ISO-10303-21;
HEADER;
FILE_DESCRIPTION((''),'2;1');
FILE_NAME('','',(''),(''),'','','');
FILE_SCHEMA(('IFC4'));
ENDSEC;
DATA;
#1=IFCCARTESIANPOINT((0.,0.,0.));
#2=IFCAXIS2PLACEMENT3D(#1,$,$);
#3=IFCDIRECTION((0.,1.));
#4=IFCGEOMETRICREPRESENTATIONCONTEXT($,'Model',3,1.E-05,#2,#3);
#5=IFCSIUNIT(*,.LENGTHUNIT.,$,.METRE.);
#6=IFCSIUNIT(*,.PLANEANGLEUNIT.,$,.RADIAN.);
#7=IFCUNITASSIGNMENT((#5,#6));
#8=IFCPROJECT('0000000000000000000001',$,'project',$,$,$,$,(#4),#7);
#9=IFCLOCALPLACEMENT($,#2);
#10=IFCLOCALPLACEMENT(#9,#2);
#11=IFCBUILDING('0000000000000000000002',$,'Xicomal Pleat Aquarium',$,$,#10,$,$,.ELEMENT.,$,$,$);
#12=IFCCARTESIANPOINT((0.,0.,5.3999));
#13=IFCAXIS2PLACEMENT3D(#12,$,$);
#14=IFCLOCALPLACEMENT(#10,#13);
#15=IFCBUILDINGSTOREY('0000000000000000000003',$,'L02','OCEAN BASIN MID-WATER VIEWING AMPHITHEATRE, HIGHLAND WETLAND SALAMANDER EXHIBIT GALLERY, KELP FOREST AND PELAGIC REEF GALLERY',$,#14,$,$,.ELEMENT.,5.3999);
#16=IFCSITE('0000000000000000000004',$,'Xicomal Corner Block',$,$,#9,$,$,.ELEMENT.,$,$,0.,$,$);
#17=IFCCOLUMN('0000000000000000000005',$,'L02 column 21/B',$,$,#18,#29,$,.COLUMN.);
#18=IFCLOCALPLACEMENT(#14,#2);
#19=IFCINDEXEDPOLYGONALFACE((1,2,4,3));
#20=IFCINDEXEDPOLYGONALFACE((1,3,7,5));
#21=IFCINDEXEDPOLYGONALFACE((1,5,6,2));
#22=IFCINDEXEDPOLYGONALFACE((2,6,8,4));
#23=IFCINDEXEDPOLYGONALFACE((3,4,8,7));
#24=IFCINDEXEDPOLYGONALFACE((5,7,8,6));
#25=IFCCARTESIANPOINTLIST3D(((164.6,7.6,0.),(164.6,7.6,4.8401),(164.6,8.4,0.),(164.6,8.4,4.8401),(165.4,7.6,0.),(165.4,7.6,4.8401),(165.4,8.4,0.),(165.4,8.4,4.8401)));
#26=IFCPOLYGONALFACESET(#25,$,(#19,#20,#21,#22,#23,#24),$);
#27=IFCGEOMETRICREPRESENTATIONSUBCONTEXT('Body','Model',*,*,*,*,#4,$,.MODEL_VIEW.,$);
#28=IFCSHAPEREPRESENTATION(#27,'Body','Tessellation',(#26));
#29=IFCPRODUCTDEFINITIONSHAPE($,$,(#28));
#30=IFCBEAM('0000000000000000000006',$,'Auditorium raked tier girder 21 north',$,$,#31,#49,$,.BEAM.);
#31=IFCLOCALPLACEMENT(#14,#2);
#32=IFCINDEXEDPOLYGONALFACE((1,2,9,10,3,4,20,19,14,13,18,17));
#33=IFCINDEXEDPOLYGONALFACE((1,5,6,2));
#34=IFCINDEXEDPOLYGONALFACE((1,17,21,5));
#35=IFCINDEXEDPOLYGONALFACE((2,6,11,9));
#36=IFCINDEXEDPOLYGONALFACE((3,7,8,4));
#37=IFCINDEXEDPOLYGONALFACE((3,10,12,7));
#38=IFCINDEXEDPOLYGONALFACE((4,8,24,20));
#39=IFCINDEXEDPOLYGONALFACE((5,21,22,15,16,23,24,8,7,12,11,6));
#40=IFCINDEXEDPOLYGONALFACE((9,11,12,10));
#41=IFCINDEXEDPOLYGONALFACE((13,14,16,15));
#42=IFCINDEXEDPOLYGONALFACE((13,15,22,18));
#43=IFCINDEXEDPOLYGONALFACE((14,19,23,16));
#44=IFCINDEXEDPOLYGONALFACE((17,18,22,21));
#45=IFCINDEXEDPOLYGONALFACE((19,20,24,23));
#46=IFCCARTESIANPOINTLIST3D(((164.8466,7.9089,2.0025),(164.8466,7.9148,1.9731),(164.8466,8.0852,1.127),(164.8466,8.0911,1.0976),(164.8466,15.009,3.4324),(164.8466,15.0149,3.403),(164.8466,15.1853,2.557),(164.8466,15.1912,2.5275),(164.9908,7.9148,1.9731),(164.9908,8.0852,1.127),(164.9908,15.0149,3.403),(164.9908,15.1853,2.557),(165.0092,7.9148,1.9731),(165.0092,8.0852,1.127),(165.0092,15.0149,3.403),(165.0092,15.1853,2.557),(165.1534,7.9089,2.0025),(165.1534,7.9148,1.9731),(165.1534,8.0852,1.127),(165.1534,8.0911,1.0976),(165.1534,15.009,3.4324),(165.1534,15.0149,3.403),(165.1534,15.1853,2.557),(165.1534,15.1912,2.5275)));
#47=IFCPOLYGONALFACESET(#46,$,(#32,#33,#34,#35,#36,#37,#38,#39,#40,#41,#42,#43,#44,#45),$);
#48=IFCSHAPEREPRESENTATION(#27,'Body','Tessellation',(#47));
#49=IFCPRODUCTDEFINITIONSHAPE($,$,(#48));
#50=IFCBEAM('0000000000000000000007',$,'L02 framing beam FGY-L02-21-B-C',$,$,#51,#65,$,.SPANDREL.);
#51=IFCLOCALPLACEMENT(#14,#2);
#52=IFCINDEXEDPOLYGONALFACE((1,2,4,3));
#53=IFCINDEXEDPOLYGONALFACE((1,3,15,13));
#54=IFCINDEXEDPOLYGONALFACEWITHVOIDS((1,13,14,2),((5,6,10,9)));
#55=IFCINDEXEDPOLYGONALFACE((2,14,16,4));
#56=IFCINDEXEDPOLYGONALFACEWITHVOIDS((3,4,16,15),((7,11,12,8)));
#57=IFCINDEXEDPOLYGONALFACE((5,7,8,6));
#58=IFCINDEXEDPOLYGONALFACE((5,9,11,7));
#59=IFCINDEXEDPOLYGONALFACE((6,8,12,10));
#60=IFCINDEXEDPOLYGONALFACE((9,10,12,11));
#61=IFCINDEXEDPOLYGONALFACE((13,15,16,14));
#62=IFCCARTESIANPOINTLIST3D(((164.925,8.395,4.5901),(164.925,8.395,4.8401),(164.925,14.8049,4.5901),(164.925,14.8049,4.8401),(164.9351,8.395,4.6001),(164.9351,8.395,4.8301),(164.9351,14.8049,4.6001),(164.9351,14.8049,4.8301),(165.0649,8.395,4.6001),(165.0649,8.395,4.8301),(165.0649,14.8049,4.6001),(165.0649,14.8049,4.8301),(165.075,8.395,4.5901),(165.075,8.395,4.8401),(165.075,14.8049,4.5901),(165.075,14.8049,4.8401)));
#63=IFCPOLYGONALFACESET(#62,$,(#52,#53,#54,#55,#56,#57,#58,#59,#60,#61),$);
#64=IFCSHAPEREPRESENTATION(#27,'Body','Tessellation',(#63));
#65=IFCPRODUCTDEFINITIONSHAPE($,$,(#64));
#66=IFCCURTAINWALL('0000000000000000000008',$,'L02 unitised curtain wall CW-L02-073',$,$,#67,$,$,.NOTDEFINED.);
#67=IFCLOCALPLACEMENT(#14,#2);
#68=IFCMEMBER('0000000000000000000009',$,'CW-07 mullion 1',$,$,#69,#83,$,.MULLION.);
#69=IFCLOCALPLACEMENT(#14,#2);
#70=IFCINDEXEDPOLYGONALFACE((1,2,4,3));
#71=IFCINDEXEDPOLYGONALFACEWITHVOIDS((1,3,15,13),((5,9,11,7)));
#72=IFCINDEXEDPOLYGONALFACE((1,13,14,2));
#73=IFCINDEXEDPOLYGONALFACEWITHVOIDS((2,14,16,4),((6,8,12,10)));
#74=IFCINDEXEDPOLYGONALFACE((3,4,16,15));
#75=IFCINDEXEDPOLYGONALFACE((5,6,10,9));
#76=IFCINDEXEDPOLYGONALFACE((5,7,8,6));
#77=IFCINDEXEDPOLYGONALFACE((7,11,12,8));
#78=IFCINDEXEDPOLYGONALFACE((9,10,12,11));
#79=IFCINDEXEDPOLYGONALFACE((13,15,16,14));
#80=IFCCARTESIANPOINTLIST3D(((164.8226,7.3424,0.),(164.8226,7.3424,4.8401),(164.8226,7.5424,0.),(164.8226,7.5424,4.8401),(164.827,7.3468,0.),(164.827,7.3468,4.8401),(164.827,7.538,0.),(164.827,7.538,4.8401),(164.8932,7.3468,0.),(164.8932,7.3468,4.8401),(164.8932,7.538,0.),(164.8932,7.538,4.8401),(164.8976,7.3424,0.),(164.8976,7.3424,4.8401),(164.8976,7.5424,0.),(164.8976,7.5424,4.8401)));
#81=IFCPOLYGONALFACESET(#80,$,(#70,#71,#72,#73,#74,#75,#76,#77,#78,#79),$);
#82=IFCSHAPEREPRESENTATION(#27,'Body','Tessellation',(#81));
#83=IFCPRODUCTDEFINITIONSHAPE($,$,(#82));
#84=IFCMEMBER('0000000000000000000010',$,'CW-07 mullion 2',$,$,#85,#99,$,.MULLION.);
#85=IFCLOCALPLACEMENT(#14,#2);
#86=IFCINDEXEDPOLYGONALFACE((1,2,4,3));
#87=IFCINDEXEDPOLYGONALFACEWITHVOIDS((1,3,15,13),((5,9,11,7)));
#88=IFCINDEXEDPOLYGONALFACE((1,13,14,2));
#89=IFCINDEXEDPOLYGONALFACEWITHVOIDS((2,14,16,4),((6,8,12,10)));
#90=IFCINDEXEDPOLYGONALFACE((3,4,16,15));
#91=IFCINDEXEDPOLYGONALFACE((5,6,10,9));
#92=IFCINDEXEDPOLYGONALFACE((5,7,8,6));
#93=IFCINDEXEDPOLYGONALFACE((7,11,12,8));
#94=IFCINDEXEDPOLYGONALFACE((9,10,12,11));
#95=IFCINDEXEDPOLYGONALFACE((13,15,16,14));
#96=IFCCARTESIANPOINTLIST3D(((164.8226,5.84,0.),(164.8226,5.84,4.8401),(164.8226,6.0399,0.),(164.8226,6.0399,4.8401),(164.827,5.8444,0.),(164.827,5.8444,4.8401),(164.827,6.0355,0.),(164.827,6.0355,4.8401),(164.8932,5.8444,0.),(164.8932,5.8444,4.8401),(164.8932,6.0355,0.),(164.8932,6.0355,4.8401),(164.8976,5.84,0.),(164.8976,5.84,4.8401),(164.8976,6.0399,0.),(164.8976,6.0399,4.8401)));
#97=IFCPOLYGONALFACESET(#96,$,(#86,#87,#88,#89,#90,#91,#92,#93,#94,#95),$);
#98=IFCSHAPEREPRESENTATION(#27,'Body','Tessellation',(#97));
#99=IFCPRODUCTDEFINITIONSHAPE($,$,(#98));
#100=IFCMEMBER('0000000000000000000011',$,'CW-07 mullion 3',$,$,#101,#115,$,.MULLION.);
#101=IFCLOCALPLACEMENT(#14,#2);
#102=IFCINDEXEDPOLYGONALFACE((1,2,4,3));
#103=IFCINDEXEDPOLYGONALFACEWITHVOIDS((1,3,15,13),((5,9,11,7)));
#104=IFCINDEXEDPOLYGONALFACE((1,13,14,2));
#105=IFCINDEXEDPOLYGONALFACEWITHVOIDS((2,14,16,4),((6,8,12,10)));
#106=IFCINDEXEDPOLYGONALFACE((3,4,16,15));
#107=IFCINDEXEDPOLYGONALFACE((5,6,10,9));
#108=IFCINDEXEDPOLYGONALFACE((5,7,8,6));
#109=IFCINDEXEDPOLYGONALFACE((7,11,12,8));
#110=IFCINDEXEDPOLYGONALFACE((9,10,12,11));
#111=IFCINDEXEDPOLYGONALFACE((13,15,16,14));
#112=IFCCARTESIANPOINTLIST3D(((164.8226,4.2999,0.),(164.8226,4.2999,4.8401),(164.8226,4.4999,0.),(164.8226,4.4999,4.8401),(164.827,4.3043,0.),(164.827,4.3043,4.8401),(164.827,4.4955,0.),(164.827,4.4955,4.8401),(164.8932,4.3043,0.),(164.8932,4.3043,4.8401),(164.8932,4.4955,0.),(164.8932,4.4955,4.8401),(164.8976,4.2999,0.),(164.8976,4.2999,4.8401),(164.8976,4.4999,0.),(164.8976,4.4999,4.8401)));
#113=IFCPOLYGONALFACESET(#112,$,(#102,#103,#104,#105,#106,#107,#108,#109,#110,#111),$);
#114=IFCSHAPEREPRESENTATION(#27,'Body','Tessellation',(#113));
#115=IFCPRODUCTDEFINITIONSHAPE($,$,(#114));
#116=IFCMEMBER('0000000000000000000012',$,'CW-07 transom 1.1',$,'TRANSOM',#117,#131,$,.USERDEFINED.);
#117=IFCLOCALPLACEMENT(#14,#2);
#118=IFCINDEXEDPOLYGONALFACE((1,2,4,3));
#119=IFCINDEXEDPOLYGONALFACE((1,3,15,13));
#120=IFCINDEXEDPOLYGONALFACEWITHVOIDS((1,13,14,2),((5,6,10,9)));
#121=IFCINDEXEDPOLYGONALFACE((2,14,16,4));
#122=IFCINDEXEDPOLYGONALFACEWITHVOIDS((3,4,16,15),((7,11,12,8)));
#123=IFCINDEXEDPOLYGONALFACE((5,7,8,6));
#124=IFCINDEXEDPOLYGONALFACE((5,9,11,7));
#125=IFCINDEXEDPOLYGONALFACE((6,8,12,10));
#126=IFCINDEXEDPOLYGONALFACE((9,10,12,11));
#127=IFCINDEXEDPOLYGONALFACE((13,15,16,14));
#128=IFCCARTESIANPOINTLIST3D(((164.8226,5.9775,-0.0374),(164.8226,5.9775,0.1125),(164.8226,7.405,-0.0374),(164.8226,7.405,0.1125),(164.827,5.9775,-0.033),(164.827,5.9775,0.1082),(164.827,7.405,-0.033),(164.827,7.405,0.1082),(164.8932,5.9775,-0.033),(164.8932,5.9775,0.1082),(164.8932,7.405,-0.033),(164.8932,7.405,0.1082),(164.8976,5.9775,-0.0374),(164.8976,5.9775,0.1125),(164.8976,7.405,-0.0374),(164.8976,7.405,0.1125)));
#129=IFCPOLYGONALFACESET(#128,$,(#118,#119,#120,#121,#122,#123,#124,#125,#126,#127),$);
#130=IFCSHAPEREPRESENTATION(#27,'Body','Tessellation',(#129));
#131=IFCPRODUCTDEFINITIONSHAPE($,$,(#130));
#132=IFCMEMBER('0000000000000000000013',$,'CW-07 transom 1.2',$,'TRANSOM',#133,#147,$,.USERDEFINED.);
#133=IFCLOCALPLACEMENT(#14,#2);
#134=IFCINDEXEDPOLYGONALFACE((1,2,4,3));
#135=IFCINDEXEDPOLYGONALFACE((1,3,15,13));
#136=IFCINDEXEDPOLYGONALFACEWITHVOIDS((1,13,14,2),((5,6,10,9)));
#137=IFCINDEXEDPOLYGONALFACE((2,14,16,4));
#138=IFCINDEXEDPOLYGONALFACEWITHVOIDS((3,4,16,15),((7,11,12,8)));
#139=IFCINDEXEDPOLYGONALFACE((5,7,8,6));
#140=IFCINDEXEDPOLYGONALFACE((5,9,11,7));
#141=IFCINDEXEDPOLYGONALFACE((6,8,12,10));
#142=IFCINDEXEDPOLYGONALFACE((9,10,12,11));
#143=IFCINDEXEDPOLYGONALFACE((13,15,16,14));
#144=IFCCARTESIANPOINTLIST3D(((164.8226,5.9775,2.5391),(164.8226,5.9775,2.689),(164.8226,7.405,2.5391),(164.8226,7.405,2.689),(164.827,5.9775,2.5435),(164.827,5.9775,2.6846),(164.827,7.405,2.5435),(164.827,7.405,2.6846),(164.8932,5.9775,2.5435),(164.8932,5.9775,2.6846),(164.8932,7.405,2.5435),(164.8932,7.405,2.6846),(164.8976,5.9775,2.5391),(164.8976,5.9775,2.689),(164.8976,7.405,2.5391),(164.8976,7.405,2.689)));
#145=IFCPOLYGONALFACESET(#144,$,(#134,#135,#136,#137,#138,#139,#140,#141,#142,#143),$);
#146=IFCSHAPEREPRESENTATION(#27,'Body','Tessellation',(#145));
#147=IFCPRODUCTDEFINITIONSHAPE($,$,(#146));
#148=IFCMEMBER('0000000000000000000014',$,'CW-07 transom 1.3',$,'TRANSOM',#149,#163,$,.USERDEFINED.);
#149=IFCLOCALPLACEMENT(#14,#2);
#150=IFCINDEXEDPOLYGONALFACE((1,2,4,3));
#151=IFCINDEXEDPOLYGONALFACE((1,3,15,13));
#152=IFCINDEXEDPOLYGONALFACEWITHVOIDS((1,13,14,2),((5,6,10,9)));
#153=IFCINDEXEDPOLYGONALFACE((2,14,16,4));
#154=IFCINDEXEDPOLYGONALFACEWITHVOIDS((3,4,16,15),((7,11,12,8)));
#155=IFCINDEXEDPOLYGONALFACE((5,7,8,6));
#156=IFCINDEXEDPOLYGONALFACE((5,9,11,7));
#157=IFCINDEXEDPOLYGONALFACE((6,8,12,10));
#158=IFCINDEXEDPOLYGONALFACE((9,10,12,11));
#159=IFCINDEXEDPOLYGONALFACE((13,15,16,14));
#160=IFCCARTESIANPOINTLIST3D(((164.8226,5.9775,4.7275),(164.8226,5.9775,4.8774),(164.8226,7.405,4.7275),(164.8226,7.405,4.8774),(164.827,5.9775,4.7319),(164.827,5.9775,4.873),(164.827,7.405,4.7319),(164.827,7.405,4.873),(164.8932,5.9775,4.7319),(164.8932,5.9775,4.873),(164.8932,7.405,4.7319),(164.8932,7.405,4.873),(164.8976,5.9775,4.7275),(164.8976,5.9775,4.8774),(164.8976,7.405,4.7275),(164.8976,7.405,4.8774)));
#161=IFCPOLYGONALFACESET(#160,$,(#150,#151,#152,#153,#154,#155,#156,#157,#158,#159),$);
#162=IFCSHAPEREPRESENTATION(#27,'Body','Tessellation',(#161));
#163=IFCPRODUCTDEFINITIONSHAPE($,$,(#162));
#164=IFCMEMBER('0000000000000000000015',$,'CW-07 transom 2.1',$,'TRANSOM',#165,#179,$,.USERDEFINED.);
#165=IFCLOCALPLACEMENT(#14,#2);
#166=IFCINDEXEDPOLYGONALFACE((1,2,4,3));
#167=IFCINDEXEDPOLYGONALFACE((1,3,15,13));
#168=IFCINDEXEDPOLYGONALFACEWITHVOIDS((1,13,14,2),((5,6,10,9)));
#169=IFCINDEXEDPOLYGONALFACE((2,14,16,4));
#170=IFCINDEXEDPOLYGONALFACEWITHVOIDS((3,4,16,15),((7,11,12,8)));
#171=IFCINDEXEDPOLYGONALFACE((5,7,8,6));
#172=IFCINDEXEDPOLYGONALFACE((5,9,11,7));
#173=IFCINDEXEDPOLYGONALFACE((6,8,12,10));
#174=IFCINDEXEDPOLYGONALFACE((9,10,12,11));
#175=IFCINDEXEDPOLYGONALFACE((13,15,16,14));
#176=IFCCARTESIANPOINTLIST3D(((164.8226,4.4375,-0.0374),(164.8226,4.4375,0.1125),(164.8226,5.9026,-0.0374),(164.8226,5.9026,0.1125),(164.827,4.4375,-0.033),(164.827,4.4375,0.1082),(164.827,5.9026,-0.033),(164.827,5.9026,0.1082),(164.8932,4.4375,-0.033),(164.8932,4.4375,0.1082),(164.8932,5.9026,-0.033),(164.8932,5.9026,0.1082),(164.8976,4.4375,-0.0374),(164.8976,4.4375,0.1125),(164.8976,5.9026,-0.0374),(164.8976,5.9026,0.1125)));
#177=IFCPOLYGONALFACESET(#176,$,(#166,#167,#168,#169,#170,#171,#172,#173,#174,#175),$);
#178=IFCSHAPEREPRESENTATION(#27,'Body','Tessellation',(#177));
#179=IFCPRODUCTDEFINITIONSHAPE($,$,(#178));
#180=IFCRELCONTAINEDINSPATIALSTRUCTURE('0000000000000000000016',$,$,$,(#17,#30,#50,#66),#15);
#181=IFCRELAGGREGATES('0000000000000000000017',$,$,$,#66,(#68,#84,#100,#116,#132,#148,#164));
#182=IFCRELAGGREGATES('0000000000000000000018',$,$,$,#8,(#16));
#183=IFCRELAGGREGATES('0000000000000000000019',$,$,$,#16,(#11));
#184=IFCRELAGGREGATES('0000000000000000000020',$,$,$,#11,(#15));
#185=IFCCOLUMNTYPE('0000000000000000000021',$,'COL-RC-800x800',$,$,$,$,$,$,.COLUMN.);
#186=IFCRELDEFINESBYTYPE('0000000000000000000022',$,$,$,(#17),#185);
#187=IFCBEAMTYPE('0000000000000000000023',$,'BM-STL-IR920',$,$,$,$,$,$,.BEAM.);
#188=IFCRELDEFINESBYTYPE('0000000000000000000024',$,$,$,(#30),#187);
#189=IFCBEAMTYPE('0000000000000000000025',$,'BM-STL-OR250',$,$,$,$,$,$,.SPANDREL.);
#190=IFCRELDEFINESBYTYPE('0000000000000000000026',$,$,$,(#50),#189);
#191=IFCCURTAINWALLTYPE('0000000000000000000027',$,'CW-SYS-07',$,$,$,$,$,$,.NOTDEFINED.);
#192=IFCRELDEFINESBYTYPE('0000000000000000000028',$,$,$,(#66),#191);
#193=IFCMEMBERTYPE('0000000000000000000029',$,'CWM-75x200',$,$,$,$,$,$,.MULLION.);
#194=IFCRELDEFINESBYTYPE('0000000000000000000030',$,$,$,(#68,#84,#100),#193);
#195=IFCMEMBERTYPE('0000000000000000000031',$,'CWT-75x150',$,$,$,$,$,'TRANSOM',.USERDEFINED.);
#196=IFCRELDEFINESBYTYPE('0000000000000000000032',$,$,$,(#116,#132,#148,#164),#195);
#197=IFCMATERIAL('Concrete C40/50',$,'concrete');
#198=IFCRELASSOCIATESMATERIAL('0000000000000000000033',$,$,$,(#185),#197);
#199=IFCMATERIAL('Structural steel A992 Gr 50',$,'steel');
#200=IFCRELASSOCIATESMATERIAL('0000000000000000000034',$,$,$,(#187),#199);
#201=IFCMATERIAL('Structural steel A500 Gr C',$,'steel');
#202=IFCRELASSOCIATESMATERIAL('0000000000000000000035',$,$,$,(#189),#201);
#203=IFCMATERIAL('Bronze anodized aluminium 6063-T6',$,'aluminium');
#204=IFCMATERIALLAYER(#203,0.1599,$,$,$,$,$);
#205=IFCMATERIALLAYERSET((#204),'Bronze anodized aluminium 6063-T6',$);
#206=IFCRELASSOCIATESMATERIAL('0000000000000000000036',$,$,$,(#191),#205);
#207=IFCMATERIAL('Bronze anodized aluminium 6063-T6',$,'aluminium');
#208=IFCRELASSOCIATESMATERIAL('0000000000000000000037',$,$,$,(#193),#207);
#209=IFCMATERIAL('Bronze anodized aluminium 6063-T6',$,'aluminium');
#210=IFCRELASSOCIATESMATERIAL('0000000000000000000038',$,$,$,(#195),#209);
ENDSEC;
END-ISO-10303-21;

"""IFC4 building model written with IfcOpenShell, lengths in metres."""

from ifc_helpers import new_model, si_unit, direction, frame, origin, origin_2d, place, context, subcontext, project, spatial, rectangle, hollow_rectangle, i_section, extrude, material, layer, layer_set, material_profile, profile_set, type_object, element, aggregate, save


model = new_model("IFC4")

# Units and contexts
model_context = context("Model", 3, precision=1e-05, world=origin(), true_north=direction((0.0, 1.0)))
body_context = subcontext(model_context, "Body", "Model", "MODEL_VIEW")
ifc_project = project(units=[si_unit("LENGTHUNIT", "METRE"), si_unit("PLANEANGLEUNIT", "RADIAN")], contexts=[model_context])

# Site, building, storey
site_placement = place(None, origin())
site = spatial("IfcSite", under=ifc_project, at=site_placement, Name="Xicomal Corner Block", CompositionType="ELEMENT", RefElevation=0.0)
building_placement = place(site_placement, origin())
building = spatial("IfcBuilding", under=site, at=building_placement, Name="Xicomal Pleat Aquarium", CompositionType="ELEMENT")
storey_placement = place(building_placement, frame((0.0, 0.0, 5.3999)))
storey = spatial("IfcBuildingStorey", under=building, at=storey_placement, Name="L02", Description="OCEAN BASIN MID-WATER VIEWING AMPHITHEATRE, HIGHLAND WETLAND SALAMANDER EXHIBIT GALLERY, KELP FOREST AND PELAGIC REEF GALLERY", CompositionType="ELEMENT", Elevation=5.3999)

# Column
ifc_material_1 = material(Name="Concrete C40/50", Category="concrete")
ifc_material_profile_1 = material_profile(ifc_material_1, rectangle(XDim=0.8, YDim=0.8, at=origin_2d()), Name="RC 800x800")
ifc_profile_set_1 = profile_set([ifc_material_profile_1], Name="Concrete C40/50")
column_type = type_object("IfcColumnType", Name="COL-RC-800x800", PredefinedType="COLUMN", material=ifc_profile_set_1)
column_placement = place(storey_placement, frame((165.0, 8.0, 0.0), z_axis=(0.0, 0.0, 1.0), x_axis=(1.0, 0.0, 0.0)))
element("IfcColumn", 1, at=column_placement, inside=storey, type_object=column_type, Name="L02 column 21/B", PredefinedType="COLUMN", context=body_context, shape_type="SweptSolid", body=[
    extrude(rectangle(XDim=0.8, YDim=0.8, at=origin_2d()), origin(), (0.0, 0.0, 1.0), 4.8401),
])

# Beams
ifc_material_2 = material(Name="Structural steel A992 Gr 50", Category="steel")
ifc_material_profile_2 = material_profile(ifc_material_2, i_section(OverallWidth=0.3069, OverallDepth=0.9231, WebThickness=0.0183, FlangeThickness=0.03, at=origin_2d()), Name="IR 920x271")
ifc_profile_set_2 = profile_set([ifc_material_profile_2], Name="Structural steel A992 Gr 50")
beam_type_1 = type_object("IfcBeamType", Name="BM-STL-IR920", PredefinedType="BEAM", material=ifc_profile_set_2)
beam_1_placement = place(storey_placement, frame((165.0, 8.0, 1.55), z_axis=(0.0, 0.980317, 0.197432), x_axis=(-1.0, 0.0, 0.0)))
element("IfcBeam", 2, at=beam_1_placement, inside=storey, type_object=beam_type_1, Name="Auditorium raked tier girder 21 north", PredefinedType="BEAM", context=body_context, shape_type="SweptSolid", body=[
    extrude(i_section(OverallWidth=0.3069, OverallDepth=0.9231, WebThickness=0.0183, FlangeThickness=0.03, at=origin_2d()), origin(), (0.0, 0.0, 1.0), 7.2427),
])
ifc_material_3 = material(Name="Structural steel A500 Gr C", Category="steel")
ifc_material_profile_3 = material_profile(ifc_material_3, hollow_rectangle(XDim=0.1499, YDim=0.25, WallThickness=0.01, at=origin_2d()), Name="OR 250x150x10")
ifc_profile_set_3 = profile_set([ifc_material_profile_3], Name="Structural steel A500 Gr C")
beam_type_2 = type_object("IfcBeamType", Name="BM-STL-OR250", PredefinedType="SPANDREL", material=ifc_profile_set_3)
beam_2_placement = place(storey_placement, frame((165.0, 8.395, 4.7151), z_axis=(0.0, 1.0, 0.0), x_axis=(-1.0, 0.0, 0.0)))
element("IfcBeam", 3, at=beam_2_placement, inside=storey, type_object=beam_type_2, Name="L02 framing beam FGY-L02-21-B-C", PredefinedType="SPANDREL", context=body_context, shape_type="SweptSolid", body=[
    extrude(hollow_rectangle(XDim=0.1499, YDim=0.25, WallThickness=0.01, at=origin_2d()), origin(), (0.0, 0.0, 1.0), 6.4099),
])

# Curtain wall, members
ifc_material_4 = material(Name="Bronze anodized aluminium 6063-T6", Category="aluminium")
ifc_layer_1 = layer(ifc_material_4, 0.1599)
ifc_layer_set_1 = layer_set([ifc_layer_1], Name="Bronze anodized aluminium 6063-T6")
curtain_wall_type = type_object("IfcCurtainWallType", Name="CW-SYS-07", PredefinedType="NOTDEFINED", material=ifc_layer_set_1)
curtain_wall_placement = place(storey_placement, origin())
curtain_wall = element("IfcCurtainWall", 4, at=curtain_wall_placement, inside=storey, type_object=curtain_wall_type, Name="L02 unitised curtain wall CW-L02-073", PredefinedType="NOTDEFINED")
ifc_material_5 = material(Name="Bronze anodized aluminium 6063-T6", Category="aluminium")
ifc_material_profile_4 = material_profile(ifc_material_5, hollow_rectangle(XDim=0.075, YDim=0.2, WallThickness=0.0044, at=origin_2d()), Name="ALU MULL 75x200")
ifc_profile_set_4 = profile_set([ifc_material_profile_4], Name="Bronze anodized aluminium 6063-T6")
member_type_1 = type_object("IfcMemberType", Name="CWM-75x200", PredefinedType="MULLION", material=ifc_profile_set_4)
member_1_placement = place(storey_placement, frame((164.8601, 7.4424, 0.0), z_axis=(0.0, 0.0, 1.0), x_axis=(1.0, 0.0, 0.0)))
member_1 = element("IfcMember", 5, at=member_1_placement, type_object=member_type_1, Name="CW-07 mullion 1", PredefinedType="MULLION", context=body_context, shape_type="SweptSolid", body=[
    extrude(hollow_rectangle(XDim=0.075, YDim=0.2, WallThickness=0.0044, at=origin_2d()), origin(), (0.0, 0.0, 1.0), 4.8401),
])
member_2_placement = place(storey_placement, frame((164.8601, 5.9399, 0.0), z_axis=(0.0, 0.0, 1.0), x_axis=(1.0, 0.0, 0.0)))
member_2 = element("IfcMember", 6, at=member_2_placement, type_object=member_type_1, Name="CW-07 mullion 2", PredefinedType="MULLION", context=body_context, shape_type="SweptSolid", body=[
    extrude(hollow_rectangle(XDim=0.075, YDim=0.2, WallThickness=0.0044, at=origin_2d()), origin(), (0.0, 0.0, 1.0), 4.8401),
])
member_3_placement = place(storey_placement, frame((164.8601, 4.3999, 0.0), z_axis=(0.0, 0.0, 1.0), x_axis=(1.0, 0.0, 0.0)))
member_3 = element("IfcMember", 7, at=member_3_placement, type_object=member_type_1, Name="CW-07 mullion 3", PredefinedType="MULLION", context=body_context, shape_type="SweptSolid", body=[
    extrude(hollow_rectangle(XDim=0.075, YDim=0.2, WallThickness=0.0044, at=origin_2d()), origin(), (0.0, 0.0, 1.0), 4.8401),
])
ifc_material_6 = material(Name="Bronze anodized aluminium 6063-T6", Category="aluminium")
ifc_material_profile_5 = material_profile(ifc_material_6, hollow_rectangle(XDim=0.075, YDim=0.1499, WallThickness=0.0044, at=origin_2d()), Name="ALU TRAN 75x150")
ifc_profile_set_5 = profile_set([ifc_material_profile_5], Name="Bronze anodized aluminium 6063-T6")
member_type_2 = type_object("IfcMemberType", Name="CWT-75x150", ElementType="TRANSOM", PredefinedType="USERDEFINED", material=ifc_profile_set_5)
member_4_placement = place(storey_placement, frame((164.8601, 7.405, 0.0376), z_axis=(0.0, -1.0, 0.0), x_axis=(1.0, 0.0, 0.0)))
member_4 = element("IfcMember", 8, at=member_4_placement, type_object=member_type_2, Name="CW-07 transom 1.1", ObjectType="TRANSOM", PredefinedType="USERDEFINED", context=body_context, shape_type="SweptSolid", body=[
    extrude(hollow_rectangle(XDim=0.075, YDim=0.1499, WallThickness=0.0044, at=origin_2d()), origin(), (0.0, 0.0, 1.0), 1.4275),
])
member_5_placement = place(storey_placement, frame((164.8601, 7.405, 2.614), z_axis=(0.0, -1.0, 0.0), x_axis=(1.0, 0.0, 0.0)))
member_5 = element("IfcMember", 9, at=member_5_placement, type_object=member_type_2, Name="CW-07 transom 1.2", ObjectType="TRANSOM", PredefinedType="USERDEFINED", context=body_context, shape_type="SweptSolid", body=[
    extrude(hollow_rectangle(XDim=0.075, YDim=0.1499, WallThickness=0.0044, at=origin_2d()), origin(), (0.0, 0.0, 1.0), 1.4275),
])
member_6_placement = place(storey_placement, frame((164.8601, 7.405, 4.8025), z_axis=(0.0, -1.0, 0.0), x_axis=(1.0, 0.0, 0.0)))
member_6 = element("IfcMember", 10, at=member_6_placement, type_object=member_type_2, Name="CW-07 transom 1.3", ObjectType="TRANSOM", PredefinedType="USERDEFINED", context=body_context, shape_type="SweptSolid", body=[
    extrude(hollow_rectangle(XDim=0.075, YDim=0.1499, WallThickness=0.0044, at=origin_2d()), origin(), (0.0, 0.0, 1.0), 1.4275),
])
member_7_placement = place(storey_placement, frame((164.8601, 5.9026, 0.0376), z_axis=(0.0, -1.0, 0.0), x_axis=(1.0, 0.0, 0.0)))
member_7 = element("IfcMember", 11, at=member_7_placement, type_object=member_type_2, Name="CW-07 transom 2.1", ObjectType="TRANSOM", PredefinedType="USERDEFINED", context=body_context, shape_type="SweptSolid", body=[
    extrude(hollow_rectangle(XDim=0.075, YDim=0.1499, WallThickness=0.0044, at=origin_2d()), origin(), (0.0, 0.0, 1.0), 1.4651),
])
aggregate(curtain_wall, [member_1, member_2, member_3, member_4, member_5, member_6, member_7])

save(model, "model.ifc")
